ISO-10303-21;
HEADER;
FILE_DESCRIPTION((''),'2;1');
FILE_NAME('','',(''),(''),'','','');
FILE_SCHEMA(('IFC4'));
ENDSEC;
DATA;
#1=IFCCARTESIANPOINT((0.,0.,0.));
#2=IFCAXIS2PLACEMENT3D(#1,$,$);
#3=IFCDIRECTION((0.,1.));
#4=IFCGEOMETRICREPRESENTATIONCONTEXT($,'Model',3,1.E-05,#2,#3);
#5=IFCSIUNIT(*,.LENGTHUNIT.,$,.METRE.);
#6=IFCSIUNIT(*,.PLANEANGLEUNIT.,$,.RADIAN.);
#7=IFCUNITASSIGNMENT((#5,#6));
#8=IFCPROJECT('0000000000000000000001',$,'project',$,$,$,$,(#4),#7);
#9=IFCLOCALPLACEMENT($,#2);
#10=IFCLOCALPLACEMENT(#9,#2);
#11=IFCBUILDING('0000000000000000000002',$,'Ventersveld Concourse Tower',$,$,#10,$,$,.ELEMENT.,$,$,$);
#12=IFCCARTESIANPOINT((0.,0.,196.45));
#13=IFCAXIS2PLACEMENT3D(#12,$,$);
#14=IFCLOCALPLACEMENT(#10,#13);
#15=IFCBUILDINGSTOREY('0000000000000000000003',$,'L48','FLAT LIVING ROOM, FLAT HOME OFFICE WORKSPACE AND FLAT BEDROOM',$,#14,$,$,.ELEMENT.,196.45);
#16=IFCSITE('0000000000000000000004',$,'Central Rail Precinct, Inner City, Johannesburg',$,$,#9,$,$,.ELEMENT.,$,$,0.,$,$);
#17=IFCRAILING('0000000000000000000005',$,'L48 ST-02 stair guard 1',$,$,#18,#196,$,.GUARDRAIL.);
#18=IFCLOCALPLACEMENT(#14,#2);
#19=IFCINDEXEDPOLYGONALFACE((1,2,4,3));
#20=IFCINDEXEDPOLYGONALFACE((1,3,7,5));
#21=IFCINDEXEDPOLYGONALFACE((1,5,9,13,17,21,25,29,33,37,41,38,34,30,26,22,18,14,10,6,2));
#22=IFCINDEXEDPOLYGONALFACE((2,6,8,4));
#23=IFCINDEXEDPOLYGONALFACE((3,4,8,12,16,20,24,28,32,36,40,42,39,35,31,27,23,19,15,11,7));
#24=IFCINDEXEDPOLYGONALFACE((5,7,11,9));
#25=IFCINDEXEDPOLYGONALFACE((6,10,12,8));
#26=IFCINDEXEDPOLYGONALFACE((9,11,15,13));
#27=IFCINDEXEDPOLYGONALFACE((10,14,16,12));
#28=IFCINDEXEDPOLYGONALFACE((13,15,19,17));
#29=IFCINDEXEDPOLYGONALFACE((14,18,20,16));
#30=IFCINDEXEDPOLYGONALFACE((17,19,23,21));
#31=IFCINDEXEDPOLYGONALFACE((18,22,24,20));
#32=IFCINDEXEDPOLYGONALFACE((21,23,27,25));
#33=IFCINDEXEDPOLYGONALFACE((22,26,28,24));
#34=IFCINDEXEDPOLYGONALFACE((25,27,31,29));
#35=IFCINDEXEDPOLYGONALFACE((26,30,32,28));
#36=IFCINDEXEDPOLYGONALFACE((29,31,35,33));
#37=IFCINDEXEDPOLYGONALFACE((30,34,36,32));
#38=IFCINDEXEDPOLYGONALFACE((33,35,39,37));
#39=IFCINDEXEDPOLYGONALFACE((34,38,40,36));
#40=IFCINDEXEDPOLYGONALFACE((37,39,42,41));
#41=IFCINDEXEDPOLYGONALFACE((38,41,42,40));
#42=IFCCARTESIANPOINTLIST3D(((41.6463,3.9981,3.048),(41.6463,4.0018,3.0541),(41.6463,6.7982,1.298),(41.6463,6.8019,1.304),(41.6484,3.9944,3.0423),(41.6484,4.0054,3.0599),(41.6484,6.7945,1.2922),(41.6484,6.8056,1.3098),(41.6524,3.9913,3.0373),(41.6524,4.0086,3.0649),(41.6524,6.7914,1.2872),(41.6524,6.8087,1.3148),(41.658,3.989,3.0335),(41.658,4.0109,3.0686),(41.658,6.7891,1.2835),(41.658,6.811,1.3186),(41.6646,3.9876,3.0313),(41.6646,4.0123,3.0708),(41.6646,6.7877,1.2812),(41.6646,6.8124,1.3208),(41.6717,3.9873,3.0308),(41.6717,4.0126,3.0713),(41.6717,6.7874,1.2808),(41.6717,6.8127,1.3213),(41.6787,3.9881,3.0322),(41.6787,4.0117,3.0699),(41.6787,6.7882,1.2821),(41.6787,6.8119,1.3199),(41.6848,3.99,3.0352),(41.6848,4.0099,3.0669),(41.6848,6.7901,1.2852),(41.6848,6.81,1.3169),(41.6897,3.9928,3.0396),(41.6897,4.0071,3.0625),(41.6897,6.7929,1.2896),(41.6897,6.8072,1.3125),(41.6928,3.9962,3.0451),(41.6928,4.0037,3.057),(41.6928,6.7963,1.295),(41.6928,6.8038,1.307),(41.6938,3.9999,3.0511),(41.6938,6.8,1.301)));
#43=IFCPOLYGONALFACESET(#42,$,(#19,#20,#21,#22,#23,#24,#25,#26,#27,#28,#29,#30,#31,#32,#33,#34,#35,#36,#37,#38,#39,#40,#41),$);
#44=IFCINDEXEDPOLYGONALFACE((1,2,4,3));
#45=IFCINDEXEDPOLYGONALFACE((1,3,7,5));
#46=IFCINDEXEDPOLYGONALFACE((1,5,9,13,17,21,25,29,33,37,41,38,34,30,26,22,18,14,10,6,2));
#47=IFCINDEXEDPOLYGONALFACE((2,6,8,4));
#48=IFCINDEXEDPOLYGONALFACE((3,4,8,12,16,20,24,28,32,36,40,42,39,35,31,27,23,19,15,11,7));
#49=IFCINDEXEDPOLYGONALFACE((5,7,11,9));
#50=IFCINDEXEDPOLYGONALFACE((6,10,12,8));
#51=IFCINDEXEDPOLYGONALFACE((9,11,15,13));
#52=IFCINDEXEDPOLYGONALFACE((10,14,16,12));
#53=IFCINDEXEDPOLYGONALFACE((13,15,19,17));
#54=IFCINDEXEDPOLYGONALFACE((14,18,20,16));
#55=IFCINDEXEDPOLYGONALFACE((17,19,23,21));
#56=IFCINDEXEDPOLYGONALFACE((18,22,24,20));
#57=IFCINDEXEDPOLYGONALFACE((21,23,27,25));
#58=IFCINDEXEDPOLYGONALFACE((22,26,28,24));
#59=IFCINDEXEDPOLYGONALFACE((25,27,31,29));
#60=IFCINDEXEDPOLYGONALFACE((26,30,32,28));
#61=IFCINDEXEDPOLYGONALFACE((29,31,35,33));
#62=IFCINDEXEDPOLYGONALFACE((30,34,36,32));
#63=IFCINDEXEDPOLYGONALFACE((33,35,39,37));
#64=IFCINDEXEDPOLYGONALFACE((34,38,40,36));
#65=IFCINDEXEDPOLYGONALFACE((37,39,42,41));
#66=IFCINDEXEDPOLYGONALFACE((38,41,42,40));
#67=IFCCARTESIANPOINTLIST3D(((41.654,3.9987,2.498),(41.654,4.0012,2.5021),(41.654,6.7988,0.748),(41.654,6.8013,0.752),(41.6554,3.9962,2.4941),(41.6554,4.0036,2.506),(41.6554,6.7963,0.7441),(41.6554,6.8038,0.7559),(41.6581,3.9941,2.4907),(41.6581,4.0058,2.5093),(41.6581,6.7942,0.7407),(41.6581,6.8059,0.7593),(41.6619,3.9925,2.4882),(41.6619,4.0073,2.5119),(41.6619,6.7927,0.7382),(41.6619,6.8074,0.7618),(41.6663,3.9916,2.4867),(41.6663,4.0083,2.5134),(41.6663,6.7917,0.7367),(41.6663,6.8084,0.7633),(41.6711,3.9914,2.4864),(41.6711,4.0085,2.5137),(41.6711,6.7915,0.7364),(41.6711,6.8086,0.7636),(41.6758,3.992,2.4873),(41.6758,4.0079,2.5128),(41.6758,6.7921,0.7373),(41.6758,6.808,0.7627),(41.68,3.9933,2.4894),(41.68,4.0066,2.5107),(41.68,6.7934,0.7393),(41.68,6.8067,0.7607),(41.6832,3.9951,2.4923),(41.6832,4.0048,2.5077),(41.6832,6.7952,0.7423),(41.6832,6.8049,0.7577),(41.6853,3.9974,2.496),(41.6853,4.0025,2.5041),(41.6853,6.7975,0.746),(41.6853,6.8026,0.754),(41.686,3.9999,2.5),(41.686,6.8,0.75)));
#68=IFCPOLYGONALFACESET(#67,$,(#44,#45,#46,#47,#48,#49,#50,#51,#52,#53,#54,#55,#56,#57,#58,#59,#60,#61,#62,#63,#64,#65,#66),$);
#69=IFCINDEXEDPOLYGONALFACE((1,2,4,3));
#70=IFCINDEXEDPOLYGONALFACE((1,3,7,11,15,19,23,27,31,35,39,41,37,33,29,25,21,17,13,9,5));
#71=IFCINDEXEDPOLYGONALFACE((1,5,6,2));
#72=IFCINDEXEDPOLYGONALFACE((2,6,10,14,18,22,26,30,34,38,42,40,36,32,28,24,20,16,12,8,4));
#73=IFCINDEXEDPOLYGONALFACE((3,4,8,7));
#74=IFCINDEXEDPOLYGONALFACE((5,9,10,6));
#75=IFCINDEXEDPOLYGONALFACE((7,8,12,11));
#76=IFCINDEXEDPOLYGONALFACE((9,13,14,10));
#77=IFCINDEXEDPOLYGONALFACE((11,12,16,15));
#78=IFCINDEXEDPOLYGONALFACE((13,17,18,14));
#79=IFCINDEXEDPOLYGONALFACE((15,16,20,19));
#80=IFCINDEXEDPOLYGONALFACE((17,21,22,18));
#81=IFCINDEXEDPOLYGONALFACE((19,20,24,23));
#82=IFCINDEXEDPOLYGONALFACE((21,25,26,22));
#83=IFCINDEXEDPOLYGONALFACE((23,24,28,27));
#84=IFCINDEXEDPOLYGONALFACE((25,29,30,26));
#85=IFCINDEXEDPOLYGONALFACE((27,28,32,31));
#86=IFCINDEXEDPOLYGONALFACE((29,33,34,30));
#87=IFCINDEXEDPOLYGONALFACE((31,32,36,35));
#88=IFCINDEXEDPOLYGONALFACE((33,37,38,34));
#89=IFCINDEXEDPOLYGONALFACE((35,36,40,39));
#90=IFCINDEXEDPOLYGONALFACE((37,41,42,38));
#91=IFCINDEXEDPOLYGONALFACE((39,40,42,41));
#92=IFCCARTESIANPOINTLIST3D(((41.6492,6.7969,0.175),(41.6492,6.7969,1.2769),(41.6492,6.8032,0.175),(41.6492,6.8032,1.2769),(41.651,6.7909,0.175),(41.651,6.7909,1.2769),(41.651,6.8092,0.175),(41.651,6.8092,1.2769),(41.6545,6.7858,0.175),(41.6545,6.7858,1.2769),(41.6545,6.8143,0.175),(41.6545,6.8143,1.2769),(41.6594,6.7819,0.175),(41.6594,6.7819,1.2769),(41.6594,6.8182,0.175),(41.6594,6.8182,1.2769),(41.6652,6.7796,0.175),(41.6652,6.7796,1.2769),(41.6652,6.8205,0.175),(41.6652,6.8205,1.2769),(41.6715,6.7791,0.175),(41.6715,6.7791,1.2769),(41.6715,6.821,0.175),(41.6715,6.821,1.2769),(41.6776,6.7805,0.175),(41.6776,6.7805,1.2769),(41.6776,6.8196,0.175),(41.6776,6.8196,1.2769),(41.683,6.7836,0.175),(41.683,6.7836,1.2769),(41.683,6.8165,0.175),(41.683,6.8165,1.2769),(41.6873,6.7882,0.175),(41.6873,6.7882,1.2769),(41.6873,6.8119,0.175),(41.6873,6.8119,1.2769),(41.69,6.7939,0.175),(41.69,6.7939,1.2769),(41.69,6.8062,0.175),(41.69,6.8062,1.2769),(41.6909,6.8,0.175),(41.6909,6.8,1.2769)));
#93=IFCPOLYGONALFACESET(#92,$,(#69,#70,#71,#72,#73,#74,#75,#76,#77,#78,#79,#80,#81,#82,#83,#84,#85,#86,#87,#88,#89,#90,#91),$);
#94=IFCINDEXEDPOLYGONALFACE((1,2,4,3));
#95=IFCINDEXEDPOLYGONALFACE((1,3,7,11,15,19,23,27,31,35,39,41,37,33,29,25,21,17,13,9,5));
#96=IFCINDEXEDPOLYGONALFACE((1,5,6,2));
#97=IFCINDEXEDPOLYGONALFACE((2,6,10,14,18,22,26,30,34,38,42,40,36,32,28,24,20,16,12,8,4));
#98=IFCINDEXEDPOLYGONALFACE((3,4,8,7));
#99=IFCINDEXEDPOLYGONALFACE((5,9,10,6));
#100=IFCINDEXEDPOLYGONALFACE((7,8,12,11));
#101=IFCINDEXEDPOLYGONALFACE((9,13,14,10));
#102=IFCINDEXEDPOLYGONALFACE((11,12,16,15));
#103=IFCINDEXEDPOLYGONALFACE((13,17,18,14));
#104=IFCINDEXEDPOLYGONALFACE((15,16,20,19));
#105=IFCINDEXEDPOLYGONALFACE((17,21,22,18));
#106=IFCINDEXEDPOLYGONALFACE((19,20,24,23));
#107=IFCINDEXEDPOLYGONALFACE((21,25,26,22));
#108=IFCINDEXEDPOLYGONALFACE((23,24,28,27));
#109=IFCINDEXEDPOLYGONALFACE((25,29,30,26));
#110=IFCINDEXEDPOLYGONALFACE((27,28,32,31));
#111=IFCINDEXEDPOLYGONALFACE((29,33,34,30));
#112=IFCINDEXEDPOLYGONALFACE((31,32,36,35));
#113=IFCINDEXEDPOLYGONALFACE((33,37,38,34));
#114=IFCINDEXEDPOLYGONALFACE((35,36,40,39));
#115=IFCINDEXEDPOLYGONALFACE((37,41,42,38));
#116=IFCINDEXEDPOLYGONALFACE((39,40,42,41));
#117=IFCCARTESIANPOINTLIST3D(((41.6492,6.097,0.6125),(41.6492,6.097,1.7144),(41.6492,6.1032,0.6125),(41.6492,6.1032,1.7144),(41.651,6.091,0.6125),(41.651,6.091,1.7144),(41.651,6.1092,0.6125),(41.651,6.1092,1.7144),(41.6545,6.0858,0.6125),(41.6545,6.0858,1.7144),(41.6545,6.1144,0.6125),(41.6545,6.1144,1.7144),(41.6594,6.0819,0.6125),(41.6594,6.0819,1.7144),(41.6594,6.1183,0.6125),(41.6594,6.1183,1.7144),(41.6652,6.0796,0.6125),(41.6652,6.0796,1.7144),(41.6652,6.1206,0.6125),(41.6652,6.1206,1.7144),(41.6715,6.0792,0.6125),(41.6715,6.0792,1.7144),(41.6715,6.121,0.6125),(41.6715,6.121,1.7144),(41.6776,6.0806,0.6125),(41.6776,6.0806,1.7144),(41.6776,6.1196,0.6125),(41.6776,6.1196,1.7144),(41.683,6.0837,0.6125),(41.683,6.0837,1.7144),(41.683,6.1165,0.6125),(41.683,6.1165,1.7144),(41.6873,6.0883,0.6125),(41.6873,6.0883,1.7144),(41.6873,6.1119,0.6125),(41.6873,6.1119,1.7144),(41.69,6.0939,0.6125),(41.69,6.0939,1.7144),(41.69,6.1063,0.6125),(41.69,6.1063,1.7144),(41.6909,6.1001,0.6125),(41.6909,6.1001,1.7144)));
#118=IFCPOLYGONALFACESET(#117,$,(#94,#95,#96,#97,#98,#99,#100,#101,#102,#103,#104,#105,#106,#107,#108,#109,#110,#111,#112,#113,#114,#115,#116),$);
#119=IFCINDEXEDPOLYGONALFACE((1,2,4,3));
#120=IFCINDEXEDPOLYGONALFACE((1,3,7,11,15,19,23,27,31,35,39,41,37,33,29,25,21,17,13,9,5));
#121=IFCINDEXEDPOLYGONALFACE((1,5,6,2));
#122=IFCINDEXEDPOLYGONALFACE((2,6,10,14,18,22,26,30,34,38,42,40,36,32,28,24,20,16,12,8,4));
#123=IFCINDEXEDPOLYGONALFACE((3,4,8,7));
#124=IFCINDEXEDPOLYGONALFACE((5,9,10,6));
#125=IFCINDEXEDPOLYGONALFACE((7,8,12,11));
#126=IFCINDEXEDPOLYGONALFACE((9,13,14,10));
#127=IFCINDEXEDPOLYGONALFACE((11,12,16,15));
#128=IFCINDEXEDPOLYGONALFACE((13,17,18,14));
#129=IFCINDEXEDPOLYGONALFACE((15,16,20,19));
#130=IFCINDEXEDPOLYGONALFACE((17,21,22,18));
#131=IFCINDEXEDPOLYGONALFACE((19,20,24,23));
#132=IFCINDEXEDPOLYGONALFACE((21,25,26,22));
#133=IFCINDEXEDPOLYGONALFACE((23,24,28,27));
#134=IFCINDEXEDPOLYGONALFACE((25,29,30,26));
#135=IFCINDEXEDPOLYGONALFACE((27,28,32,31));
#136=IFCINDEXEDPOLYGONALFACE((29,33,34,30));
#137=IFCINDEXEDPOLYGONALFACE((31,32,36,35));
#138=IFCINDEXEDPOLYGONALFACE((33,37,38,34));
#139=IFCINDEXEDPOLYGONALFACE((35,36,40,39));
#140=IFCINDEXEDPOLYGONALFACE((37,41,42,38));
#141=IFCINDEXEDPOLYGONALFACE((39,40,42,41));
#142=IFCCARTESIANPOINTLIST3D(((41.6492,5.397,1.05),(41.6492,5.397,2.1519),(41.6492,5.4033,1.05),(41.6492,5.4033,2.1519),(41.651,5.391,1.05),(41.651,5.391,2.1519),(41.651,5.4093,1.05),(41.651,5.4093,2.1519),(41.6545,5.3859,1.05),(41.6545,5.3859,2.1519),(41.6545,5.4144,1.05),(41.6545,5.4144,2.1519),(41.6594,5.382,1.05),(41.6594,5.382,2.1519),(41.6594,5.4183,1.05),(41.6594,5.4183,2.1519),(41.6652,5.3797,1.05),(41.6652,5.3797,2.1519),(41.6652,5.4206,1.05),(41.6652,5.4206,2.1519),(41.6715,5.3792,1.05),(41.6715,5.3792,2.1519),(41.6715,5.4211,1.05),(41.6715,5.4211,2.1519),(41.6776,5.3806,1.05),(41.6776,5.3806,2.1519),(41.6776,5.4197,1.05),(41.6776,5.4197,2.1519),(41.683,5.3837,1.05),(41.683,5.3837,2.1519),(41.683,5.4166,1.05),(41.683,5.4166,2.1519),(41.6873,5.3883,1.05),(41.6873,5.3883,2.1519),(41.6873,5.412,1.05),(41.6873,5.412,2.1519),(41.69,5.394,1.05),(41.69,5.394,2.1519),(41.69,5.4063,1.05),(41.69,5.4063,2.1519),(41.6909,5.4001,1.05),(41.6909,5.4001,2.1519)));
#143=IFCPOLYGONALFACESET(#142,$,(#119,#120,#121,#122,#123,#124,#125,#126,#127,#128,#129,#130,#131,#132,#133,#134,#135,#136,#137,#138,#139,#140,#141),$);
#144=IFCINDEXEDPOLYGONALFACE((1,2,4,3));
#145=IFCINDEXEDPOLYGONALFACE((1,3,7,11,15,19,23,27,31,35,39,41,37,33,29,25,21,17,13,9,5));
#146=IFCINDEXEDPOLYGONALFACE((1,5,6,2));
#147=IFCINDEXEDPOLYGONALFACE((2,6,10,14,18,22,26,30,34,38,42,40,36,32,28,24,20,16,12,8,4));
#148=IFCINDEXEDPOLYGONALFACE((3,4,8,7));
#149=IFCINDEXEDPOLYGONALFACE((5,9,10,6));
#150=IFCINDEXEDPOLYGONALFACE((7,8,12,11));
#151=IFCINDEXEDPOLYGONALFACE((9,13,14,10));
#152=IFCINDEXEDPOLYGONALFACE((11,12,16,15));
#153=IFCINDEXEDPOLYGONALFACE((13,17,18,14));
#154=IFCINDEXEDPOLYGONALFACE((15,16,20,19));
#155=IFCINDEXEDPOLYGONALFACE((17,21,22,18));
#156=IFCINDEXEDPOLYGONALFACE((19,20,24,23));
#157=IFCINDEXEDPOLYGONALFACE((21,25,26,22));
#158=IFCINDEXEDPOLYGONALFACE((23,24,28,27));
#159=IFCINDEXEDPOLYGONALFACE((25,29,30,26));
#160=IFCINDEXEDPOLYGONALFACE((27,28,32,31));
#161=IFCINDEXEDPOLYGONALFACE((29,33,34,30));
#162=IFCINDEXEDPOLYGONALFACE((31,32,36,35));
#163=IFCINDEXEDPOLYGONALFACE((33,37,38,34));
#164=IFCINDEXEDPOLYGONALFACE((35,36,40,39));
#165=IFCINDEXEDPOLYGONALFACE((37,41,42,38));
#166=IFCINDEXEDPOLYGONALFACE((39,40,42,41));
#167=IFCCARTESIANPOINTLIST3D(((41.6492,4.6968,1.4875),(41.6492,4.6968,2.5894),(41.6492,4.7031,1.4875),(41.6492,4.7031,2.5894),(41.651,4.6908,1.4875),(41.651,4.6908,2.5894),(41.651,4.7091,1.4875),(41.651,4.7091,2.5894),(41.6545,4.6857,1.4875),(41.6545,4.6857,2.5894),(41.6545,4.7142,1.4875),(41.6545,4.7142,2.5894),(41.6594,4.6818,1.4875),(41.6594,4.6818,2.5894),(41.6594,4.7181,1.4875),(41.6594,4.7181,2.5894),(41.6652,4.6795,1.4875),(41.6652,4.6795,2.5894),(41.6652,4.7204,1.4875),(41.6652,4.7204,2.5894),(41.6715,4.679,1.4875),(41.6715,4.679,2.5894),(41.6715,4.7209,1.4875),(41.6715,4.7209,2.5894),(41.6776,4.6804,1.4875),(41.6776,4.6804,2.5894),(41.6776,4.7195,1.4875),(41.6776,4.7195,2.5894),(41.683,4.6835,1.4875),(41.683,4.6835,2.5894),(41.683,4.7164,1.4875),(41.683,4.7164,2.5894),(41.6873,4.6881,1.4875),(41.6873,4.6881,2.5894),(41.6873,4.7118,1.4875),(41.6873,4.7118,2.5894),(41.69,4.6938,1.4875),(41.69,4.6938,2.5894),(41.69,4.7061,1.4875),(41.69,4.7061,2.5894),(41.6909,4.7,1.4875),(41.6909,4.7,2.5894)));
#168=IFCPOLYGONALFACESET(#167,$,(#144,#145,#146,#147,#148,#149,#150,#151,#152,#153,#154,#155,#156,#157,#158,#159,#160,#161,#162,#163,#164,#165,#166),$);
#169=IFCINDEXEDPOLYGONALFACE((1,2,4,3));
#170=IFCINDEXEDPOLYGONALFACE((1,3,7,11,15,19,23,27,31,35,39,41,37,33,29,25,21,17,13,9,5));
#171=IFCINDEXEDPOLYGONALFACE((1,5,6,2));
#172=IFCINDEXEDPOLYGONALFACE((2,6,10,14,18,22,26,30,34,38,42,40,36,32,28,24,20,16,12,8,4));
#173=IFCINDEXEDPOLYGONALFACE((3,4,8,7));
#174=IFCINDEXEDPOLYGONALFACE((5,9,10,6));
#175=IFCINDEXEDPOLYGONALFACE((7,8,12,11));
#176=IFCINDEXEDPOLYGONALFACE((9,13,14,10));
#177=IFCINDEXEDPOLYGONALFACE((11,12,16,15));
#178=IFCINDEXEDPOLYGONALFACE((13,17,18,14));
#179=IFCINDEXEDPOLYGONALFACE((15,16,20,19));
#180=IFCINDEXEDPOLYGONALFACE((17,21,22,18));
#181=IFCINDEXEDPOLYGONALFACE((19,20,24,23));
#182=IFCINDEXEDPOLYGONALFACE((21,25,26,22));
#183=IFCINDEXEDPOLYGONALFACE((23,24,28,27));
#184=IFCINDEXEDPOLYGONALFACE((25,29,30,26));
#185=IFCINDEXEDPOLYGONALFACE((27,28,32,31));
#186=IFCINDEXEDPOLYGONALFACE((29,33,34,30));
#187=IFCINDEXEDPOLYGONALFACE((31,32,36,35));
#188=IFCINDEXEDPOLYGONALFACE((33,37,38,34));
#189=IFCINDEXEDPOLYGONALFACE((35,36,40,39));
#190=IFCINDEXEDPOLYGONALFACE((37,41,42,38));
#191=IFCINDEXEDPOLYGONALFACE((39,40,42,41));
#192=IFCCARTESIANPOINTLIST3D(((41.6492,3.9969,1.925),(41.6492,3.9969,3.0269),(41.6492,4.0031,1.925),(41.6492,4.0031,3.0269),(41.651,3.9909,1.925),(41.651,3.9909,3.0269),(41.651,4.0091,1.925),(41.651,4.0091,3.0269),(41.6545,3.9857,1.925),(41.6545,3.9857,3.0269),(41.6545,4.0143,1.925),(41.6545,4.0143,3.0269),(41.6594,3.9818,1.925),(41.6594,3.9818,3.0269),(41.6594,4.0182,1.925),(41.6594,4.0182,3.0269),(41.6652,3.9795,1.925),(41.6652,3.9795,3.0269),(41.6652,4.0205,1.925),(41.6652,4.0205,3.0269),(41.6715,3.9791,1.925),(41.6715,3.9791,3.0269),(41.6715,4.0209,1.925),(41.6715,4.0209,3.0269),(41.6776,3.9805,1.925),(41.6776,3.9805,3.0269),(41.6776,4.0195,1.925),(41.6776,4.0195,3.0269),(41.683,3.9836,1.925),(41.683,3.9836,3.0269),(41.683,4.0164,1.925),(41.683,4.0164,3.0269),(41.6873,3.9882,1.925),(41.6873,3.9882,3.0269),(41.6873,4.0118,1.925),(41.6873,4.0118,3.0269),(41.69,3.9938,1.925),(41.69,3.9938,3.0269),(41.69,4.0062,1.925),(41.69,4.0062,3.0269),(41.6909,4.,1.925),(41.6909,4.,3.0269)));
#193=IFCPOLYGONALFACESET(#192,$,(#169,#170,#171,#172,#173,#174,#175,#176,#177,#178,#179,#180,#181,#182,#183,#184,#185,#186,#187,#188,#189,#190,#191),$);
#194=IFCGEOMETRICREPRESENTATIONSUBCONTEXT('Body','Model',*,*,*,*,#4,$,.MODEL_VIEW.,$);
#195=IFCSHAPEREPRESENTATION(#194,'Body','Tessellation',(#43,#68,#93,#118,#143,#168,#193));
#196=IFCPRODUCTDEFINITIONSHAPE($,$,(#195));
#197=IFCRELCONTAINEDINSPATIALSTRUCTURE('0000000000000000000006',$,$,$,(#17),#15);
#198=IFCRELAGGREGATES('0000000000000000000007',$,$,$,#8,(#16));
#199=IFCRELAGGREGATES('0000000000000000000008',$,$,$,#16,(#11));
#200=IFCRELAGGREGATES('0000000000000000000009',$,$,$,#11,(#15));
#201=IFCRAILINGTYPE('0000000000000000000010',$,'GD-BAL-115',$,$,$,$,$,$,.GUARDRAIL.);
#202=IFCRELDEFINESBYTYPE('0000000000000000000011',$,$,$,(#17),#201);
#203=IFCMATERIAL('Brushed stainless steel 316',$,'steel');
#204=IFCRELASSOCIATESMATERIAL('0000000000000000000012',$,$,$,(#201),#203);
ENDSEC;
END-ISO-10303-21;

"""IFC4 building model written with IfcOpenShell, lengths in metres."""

from ifc_helpers import new_model, si_unit, direction, frame, origin, origin_2d, place, context, subcontext, project, spatial, circle, extrude, material, type_object, element, save


model = new_model("IFC4")

# Units and contexts
model_context = context("Model", 3, precision=1e-05, world=origin(), true_north=direction((0.0, 1.0)))
body_context = subcontext(model_context, "Body", "Model", "MODEL_VIEW")
ifc_project = project(units=[si_unit("LENGTHUNIT", "METRE"), si_unit("PLANEANGLEUNIT", "RADIAN")], contexts=[model_context])

# Site, building, storey
site_placement = place(None, origin())
site = spatial("IfcSite", under=ifc_project, at=site_placement, Name="Central Rail Precinct, Inner City, Johannesburg", CompositionType="ELEMENT", RefElevation=0.0)
building_placement = place(site_placement, origin())
building = spatial("IfcBuilding", under=site, at=building_placement, Name="Ventersveld Concourse Tower", CompositionType="ELEMENT")
storey_placement = place(building_placement, frame((0.0, 0.0, 196.45)))
storey = spatial("IfcBuildingStorey", under=building, at=storey_placement, Name="L48", Description="FLAT LIVING ROOM, FLAT HOME OFFICE WORKSPACE AND FLAT BEDROOM", CompositionType="ELEMENT", Elevation=196.45)

# Shared definitions
ifc_material_1 = material(Name="Brushed stainless steel 316", Category="steel")

# Railing
railing_type_1 = type_object("IfcRailingType", Name="GD-BAL-115", PredefinedType="GUARDRAIL", material=ifc_material_1)
railing_1_placement = place(storey_placement, frame((41.6699, 6.8, 0.175)))
element("IfcRailing", 1, at=railing_1_placement, inside=storey, type_object=railing_type_1, Name="L48 ST-02 stair guard 1", PredefinedType="GUARDRAIL", context=body_context, shape_type="SweptSolid", body=[
    extrude(circle(Radius=0.0239, at=origin_2d()), frame((0.0, 0.0, 1.126), z_axis=(0.0, -0.848002, 0.529992), x_axis=(1.0, 0.0, 0.0)), (0.0, 0.0, 1.0), 3.302),
    extrude(circle(Radius=0.0161, at=origin_2d()), frame((0.0, 0.0, 0.575), z_axis=(0.0, -0.848002, 0.529992), x_axis=(1.0, 0.0, 0.0)), (0.0, 0.0, 1.0), 3.302),
    extrude(circle(Radius=0.021, at=origin_2d()), origin(), (0.0, 0.0, 1.0), 1.1018),
    extrude(circle(Radius=0.021, at=origin_2d()), frame((0.0, -0.7, 0.4375)), (0.0, 0.0, 1.0), 1.1018),
    extrude(circle(Radius=0.021, at=origin_2d()), frame((0.0, -1.3999, 0.875)), (0.0, 0.0, 1.0), 1.1018),
    extrude(circle(Radius=0.021, at=origin_2d()), frame((0.0, -2.1001, 1.3125)), (0.0, 0.0, 1.0), 1.1018),
    extrude(circle(Radius=0.021, at=origin_2d()), frame((0.0, -2.8, 1.75)), (0.0, 0.0, 1.0), 1.1018),
])

save(model, "model.ifc")
